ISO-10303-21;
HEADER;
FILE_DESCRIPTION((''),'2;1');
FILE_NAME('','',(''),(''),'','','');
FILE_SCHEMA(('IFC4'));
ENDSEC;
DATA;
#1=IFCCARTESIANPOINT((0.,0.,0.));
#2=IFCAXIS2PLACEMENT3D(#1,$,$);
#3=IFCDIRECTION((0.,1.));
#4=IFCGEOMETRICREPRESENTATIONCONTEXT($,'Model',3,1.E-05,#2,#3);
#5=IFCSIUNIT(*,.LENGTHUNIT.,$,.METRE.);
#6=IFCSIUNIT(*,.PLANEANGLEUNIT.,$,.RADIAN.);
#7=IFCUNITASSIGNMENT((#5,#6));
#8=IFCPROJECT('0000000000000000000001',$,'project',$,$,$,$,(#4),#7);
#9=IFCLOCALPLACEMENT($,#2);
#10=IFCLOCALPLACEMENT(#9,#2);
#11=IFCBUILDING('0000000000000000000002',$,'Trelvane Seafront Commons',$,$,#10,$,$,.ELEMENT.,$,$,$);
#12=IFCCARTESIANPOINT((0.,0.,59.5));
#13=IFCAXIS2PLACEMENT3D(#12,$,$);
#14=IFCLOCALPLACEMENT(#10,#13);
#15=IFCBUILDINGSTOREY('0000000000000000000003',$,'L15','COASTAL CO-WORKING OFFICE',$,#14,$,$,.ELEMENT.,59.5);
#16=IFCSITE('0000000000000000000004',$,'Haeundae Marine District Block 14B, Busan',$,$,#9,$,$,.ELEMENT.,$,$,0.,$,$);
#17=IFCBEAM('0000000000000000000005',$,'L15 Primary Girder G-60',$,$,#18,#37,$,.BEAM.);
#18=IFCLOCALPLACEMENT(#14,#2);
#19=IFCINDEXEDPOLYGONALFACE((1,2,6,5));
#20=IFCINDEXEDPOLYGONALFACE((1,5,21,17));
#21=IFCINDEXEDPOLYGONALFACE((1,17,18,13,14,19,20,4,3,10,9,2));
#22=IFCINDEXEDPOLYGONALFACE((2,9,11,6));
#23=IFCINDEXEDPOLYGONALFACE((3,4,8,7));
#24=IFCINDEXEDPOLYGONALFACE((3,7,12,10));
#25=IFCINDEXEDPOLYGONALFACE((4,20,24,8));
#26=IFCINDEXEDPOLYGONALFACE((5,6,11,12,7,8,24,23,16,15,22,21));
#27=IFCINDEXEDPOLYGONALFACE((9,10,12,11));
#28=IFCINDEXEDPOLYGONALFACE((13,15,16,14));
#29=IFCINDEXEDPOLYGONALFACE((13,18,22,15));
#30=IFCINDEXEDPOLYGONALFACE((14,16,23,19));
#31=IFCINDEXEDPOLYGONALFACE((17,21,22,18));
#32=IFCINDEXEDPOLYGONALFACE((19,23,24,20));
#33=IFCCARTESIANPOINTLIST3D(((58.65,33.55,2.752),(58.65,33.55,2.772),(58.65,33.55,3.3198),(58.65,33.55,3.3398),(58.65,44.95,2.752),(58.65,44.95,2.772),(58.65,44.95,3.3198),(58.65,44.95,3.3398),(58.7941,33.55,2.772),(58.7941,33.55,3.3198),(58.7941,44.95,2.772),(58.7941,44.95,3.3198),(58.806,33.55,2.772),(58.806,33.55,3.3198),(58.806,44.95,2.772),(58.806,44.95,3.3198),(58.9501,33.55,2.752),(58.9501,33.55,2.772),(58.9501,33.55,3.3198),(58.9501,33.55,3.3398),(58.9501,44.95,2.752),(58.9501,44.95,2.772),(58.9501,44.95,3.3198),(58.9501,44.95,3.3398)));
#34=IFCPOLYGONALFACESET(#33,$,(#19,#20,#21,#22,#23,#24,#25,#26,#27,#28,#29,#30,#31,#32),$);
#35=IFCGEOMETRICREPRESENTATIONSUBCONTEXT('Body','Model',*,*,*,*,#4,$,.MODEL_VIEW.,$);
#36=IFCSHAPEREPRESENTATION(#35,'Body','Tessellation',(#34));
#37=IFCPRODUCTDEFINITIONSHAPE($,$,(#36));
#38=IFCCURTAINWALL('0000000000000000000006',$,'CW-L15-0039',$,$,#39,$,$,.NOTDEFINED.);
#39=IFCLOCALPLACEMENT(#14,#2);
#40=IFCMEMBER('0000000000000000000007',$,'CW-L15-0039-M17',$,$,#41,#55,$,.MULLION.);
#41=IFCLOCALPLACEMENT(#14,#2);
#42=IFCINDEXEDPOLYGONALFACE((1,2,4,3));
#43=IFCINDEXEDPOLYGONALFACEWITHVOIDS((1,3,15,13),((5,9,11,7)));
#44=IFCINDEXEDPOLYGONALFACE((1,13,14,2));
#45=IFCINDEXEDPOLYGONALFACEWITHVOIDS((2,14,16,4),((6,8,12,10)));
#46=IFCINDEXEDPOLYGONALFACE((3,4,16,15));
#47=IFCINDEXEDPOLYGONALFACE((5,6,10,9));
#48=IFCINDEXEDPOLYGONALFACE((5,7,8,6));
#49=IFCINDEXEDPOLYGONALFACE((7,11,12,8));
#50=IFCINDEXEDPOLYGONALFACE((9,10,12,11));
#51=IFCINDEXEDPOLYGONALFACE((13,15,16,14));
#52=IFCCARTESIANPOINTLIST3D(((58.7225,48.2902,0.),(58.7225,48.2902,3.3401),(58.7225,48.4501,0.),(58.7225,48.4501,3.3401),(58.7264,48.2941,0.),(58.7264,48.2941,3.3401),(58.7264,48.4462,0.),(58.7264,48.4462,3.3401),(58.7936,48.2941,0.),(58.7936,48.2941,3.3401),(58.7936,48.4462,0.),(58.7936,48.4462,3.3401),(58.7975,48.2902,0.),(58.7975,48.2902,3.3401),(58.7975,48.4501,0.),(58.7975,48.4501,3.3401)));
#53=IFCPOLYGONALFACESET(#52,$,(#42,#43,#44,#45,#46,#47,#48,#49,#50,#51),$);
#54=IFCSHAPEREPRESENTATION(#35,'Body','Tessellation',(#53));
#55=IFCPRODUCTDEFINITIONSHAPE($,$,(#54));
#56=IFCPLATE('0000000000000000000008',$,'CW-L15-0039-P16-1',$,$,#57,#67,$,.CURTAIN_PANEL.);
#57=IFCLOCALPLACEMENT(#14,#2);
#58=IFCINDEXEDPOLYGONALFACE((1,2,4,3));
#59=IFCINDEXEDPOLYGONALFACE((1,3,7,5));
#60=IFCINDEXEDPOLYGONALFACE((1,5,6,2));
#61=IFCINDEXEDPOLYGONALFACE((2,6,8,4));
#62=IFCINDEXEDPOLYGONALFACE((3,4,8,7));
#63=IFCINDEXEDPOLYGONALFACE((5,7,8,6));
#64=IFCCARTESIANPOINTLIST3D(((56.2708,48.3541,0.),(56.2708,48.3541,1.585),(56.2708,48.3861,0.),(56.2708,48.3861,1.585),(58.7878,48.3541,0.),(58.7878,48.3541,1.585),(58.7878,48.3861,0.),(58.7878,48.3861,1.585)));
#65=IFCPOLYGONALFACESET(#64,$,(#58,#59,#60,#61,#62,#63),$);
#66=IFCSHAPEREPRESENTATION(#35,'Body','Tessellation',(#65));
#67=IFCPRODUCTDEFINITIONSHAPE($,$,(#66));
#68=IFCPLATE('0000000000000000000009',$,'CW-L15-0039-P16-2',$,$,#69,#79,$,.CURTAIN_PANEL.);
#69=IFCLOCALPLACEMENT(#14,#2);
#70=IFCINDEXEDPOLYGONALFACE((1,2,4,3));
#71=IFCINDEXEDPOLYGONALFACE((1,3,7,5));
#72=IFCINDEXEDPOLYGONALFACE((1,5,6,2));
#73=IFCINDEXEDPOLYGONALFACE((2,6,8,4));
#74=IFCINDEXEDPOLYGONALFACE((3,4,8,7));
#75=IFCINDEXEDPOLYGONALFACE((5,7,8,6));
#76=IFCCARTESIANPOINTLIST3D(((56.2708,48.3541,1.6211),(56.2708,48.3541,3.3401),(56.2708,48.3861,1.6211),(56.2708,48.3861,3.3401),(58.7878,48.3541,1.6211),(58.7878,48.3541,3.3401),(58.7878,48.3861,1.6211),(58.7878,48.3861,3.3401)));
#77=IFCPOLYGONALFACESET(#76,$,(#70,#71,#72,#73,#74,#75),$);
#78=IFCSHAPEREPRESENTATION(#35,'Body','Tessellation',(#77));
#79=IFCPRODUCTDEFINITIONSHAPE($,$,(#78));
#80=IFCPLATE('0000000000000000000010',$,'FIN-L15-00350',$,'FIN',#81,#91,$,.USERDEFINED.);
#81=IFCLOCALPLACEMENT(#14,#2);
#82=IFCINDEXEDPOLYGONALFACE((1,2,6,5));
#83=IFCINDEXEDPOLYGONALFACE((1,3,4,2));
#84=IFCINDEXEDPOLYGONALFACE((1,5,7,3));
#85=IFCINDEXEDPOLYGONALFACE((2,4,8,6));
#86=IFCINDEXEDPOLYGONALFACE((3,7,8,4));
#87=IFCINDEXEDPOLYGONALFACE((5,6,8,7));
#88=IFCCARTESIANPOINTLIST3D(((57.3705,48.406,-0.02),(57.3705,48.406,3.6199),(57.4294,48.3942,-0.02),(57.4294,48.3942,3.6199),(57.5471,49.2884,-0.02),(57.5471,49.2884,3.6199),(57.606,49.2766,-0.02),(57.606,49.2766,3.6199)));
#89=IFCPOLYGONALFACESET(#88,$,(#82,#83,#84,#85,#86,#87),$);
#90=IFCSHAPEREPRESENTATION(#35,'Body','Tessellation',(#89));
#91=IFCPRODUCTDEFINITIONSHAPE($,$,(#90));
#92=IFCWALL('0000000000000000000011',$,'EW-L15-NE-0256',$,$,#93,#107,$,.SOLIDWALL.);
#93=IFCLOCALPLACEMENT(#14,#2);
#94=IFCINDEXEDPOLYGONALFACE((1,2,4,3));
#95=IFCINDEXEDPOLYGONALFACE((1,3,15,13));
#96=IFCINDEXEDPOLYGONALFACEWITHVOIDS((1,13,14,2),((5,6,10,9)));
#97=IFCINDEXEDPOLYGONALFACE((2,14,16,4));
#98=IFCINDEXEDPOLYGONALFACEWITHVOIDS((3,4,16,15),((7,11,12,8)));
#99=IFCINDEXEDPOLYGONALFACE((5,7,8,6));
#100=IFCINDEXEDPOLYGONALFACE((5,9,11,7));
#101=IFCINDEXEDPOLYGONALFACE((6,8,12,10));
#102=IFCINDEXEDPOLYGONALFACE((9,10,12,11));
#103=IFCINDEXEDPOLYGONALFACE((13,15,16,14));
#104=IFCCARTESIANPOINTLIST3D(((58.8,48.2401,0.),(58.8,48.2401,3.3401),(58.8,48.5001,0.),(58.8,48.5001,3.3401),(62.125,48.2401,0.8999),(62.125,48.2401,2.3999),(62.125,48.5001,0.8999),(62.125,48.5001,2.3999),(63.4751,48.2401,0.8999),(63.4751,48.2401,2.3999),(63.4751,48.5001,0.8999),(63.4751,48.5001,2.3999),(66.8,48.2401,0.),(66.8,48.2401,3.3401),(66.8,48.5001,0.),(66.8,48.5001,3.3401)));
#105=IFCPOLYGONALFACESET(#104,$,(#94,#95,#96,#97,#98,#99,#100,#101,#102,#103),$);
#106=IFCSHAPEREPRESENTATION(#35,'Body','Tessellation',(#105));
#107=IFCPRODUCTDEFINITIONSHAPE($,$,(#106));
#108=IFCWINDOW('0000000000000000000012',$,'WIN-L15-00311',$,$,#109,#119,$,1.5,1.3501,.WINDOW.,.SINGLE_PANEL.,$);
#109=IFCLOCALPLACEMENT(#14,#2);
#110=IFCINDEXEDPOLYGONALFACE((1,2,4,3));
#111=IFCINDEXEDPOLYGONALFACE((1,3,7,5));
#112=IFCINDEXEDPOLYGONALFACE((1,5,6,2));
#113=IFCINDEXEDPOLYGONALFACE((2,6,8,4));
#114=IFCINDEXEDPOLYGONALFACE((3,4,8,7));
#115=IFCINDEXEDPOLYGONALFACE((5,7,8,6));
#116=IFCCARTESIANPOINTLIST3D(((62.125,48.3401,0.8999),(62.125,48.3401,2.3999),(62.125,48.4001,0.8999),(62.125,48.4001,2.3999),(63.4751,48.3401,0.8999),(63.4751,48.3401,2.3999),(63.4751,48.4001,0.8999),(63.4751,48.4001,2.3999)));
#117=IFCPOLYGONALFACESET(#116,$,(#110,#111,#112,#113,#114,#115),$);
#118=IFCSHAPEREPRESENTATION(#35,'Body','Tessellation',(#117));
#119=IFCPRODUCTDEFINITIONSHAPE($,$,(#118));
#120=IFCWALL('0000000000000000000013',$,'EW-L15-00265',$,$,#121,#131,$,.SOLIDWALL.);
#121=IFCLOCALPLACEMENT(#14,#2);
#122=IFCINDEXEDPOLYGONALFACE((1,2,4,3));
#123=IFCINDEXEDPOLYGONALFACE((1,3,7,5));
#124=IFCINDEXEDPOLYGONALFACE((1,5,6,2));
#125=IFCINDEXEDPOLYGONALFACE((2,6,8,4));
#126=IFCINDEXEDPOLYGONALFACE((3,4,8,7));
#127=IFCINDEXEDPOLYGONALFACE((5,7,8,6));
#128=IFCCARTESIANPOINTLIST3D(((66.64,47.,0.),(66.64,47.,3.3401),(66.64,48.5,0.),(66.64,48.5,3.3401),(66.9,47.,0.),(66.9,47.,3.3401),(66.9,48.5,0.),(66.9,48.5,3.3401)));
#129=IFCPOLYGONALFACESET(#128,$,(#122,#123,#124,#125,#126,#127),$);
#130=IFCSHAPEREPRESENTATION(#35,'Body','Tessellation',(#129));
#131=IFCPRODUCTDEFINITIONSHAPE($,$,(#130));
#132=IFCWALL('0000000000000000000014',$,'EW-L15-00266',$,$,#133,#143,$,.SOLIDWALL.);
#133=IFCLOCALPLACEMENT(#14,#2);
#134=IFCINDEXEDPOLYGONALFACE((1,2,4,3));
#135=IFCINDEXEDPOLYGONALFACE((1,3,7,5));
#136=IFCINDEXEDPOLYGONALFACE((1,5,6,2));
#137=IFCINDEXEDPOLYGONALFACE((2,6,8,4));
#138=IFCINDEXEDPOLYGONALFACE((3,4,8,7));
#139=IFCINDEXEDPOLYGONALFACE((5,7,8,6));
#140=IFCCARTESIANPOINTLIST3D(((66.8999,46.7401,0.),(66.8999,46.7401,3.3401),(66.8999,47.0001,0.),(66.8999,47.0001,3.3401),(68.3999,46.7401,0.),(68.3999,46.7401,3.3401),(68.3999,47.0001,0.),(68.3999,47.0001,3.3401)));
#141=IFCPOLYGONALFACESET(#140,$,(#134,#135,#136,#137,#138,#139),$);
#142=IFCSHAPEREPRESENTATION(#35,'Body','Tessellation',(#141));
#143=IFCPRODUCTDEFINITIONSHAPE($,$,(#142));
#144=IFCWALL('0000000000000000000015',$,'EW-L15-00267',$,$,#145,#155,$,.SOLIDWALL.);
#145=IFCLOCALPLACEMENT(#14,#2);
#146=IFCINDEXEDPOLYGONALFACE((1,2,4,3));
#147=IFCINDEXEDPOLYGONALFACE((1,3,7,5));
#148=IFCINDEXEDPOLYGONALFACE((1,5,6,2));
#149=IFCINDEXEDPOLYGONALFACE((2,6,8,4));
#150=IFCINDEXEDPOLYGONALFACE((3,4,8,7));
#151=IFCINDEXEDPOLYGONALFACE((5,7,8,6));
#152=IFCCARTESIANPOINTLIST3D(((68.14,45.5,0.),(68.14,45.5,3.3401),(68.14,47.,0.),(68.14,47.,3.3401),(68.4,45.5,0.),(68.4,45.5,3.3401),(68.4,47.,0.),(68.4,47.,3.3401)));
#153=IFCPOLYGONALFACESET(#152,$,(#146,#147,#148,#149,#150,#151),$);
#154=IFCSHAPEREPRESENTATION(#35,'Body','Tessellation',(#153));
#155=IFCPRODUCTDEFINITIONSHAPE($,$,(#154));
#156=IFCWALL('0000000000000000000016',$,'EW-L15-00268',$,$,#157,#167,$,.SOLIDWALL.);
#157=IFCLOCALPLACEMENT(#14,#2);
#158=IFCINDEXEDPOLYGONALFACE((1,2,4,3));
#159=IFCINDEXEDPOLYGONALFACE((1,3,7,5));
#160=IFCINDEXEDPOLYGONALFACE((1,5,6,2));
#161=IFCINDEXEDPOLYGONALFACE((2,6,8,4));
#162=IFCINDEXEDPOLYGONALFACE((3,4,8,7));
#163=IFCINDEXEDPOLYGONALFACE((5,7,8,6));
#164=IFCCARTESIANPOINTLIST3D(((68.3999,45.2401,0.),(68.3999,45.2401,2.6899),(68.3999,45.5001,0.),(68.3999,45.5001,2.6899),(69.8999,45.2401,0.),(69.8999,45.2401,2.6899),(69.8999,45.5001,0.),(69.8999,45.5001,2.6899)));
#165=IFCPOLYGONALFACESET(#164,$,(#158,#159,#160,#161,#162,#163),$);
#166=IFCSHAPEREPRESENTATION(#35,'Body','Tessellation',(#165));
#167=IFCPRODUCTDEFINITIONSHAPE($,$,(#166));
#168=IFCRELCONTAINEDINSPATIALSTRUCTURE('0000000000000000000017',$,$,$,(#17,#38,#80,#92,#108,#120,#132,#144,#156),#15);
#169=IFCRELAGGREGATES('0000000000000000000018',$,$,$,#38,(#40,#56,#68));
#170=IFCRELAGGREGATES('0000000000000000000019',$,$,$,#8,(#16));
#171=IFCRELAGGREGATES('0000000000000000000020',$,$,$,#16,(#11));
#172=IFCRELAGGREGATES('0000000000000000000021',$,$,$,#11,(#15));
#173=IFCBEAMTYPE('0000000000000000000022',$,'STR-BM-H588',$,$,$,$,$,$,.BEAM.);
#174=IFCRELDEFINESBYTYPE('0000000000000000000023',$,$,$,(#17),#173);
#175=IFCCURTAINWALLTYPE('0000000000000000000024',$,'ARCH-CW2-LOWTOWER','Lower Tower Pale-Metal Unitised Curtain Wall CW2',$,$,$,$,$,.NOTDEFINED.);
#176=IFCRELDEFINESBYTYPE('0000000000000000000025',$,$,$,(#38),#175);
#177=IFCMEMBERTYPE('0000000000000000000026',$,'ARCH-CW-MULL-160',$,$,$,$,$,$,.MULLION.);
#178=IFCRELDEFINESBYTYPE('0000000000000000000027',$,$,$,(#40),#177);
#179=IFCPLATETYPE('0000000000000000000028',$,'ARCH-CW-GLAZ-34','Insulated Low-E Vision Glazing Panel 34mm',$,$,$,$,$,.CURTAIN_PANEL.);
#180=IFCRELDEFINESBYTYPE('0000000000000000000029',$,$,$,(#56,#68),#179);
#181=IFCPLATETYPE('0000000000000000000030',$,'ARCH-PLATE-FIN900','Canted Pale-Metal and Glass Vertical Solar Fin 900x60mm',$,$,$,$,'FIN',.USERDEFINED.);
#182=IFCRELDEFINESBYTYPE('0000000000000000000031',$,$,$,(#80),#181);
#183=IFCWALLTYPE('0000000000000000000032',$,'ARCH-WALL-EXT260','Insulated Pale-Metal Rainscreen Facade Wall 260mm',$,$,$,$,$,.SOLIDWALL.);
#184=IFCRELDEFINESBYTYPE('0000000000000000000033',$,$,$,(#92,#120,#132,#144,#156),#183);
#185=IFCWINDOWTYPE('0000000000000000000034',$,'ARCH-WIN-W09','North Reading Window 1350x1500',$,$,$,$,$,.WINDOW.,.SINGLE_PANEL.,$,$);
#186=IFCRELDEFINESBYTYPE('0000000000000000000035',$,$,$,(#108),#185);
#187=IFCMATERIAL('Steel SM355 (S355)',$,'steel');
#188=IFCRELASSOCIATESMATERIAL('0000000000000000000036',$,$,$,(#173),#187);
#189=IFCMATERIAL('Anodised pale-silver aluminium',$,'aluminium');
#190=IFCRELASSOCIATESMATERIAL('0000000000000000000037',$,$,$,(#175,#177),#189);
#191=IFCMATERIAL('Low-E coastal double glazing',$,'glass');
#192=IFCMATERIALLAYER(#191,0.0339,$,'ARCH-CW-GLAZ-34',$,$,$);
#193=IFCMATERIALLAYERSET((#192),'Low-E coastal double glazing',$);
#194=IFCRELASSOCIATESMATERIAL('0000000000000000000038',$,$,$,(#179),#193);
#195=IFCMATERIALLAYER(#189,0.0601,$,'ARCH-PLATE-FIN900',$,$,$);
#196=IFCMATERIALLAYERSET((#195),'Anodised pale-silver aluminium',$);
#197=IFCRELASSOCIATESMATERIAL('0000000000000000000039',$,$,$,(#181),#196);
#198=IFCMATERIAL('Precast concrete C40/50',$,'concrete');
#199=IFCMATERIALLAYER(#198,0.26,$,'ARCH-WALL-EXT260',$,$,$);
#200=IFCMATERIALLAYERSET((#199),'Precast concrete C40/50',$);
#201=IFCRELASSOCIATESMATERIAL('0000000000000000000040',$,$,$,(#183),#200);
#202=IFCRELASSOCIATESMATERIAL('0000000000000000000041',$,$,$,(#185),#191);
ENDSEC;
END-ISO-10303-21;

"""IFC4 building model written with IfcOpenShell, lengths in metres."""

from ifc_helpers import new_model, si_unit, direction, frame, frame_2d, origin, origin_2d, place, context, subcontext, project, spatial, rectangle, hollow_rectangle, i_section, extrude, source, transform, mapped, material, layer, layer_set, material_profile, profile_set, type_object, element, fill, aggregate, save


model = new_model("IFC4")

# Units and contexts
model_context = context("Model", 3, precision=1e-05, world=origin(), true_north=direction((0.0, 1.0)))
body_context = subcontext(model_context, "Body", "Model", "MODEL_VIEW")
ifc_project = project(units=[si_unit("LENGTHUNIT", "METRE"), si_unit("PLANEANGLEUNIT", "RADIAN")], contexts=[model_context])

# Site, building, storey
site_placement = place(None, origin())
site = spatial("IfcSite", under=ifc_project, at=site_placement, Name="Haeundae Marine District Block 14B, Busan", CompositionType="ELEMENT", RefElevation=0.0)
building_placement = place(site_placement, origin())
building = spatial("IfcBuilding", under=site, at=building_placement, Name="Trelvane Seafront Commons", CompositionType="ELEMENT")
storey_placement = place(building_placement, frame((0.0, 0.0, 59.5)))
storey = spatial("IfcBuildingStorey", under=building, at=storey_placement, Name="L15", Description="COASTAL CO-WORKING OFFICE", CompositionType="ELEMENT", Elevation=59.5)

# Shared definitions
ifc_material_1 = material(Name="Steel SM355 (S355)", Category="steel")

# Beam
ifc_material_profile_1 = material_profile(ifc_material_1, i_section(OverallWidth=0.3, OverallDepth=0.5879, WebThickness=0.012, FlangeThickness=0.02, at=origin_2d()), Name="H-588x300x12x20")
ifc_profile_set_1 = profile_set([ifc_material_profile_1], Name="Steel SM355 (S355)")
beam_type_1 = type_object("IfcBeamType", Name="STR-BM-H588", PredefinedType="BEAM", material=ifc_profile_set_1)
shared_shape_1 = source(origin(), body_context, "Body", "SweptSolid", [
    extrude(i_section(OverallWidth=0.3, OverallDepth=0.5879, WebThickness=0.012, FlangeThickness=0.02, at=origin_2d()), origin(), (0.0, 0.0, 1.0), 11.3999),
])
beam_1_placement = place(storey_placement, frame((58.8, 33.55, 3.0459), z_axis=(0.0, 1.0, 0.0), x_axis=(-1.0, 0.0, 0.0)))
element("IfcBeam", 1, at=beam_1_placement, inside=storey, type_object=beam_type_1, Name="L15 Primary Girder G-60", PredefinedType="BEAM", context=body_context, shape_type="MappedRepresentation", body=[
    mapped(shared_shape_1, transform((0.0, 0.0, 0.0), x_axis=(1.0, 0.0, 0.0), y_axis=(0.0, 1.0, 0.0), z_axis=(0.0, 0.0, 1.0), scale=1.0)),
])

# Curtain wall, member, plates
ifc_material_2 = material(Name="Anodised pale-silver aluminium", Category="aluminium")
curtain_wall_type = type_object("IfcCurtainWallType", Name="ARCH-CW2-LOWTOWER", Description="Lower Tower Pale-Metal Unitised Curtain Wall CW2", PredefinedType="NOTDEFINED", material=ifc_material_2)
curtain_wall_placement = place(storey_placement, origin())
curtain_wall = element("IfcCurtainWall", 2, at=curtain_wall_placement, inside=storey, type_object=curtain_wall_type, Name="CW-L15-0039", PredefinedType="NOTDEFINED")
ifc_material_profile_2 = material_profile(ifc_material_2, hollow_rectangle(XDim=0.075, YDim=0.1599, WallThickness=0.0039, at=origin_2d()), Name="MULL-75x160x4")
ifc_profile_set_2 = profile_set([ifc_material_profile_2], Name="Anodised pale-silver aluminium")
member_type = type_object("IfcMemberType", Name="ARCH-CW-MULL-160", PredefinedType="MULLION", material=ifc_profile_set_2)
shared_shape_2 = source(origin(), body_context, "Body", "SweptSolid", [
    extrude(hollow_rectangle(XDim=0.075, YDim=0.1599, WallThickness=0.0039, at=origin_2d()), origin(), (0.0, 0.0, 1.0), 3.3401),
])
member_placement = place(storey_placement, frame((58.76, 48.3701, 0.0), z_axis=(0.0, 0.0, 1.0), x_axis=(1.0, 0.0, 0.0)))
member = element("IfcMember", 3, at=member_placement, type_object=member_type, Name="CW-L15-0039-M17", PredefinedType="MULLION", context=body_context, shape_type="MappedRepresentation", body=[
    mapped(shared_shape_2, transform((0.0, 0.0, 0.0), x_axis=(1.0, 0.0, 0.0), y_axis=(0.0, 1.0, 0.0), z_axis=(0.0, 0.0, 1.0), scale=1.0)),
])
ifc_material_3 = material(Name="Low-E coastal double glazing", Category="glass")
ifc_layer_1 = layer(ifc_material_3, 0.0339, Name="ARCH-CW-GLAZ-34")
ifc_layer_set_1 = layer_set([ifc_layer_1], Name="Low-E coastal double glazing")
plate_type_1 = type_object("IfcPlateType", Name="ARCH-CW-GLAZ-34", Description="Insulated Low-E Vision Glazing Panel 34mm", PredefinedType="CURTAIN_PANEL", material=ifc_layer_set_1)
shared_shape_3 = source(origin(), body_context, "Body", "SweptSolid", [
    extrude(rectangle(XDim=2.5171, YDim=0.032, at=origin_2d()), origin(), (0.0, 0.0, 1.0), 1.585),
])
plate_1_placement = place(storey_placement, frame((57.5293, 48.3701, 0.0), z_axis=(0.0, 0.0, 1.0), x_axis=(1.0, 0.0, 0.0)))
plate_1 = element("IfcPlate", 4, at=plate_1_placement, type_object=plate_type_1, Name="CW-L15-0039-P16-1", PredefinedType="CURTAIN_PANEL", context=body_context, shape_type="MappedRepresentation", body=[
    mapped(shared_shape_3, transform((0.0, 0.0, 0.0), x_axis=(1.0, 0.0, 0.0), y_axis=(0.0, 1.0, 0.0), z_axis=(0.0, 0.0, 1.0), scale=1.0)),
])
shared_shape_4 = source(origin(), body_context, "Body", "SweptSolid", [
    extrude(rectangle(XDim=2.5171, YDim=0.032, at=origin_2d()), origin(), (0.0, 0.0, 1.0), 1.719),
])
plate_2_placement = place(storey_placement, frame((57.5293, 48.3701, 1.6211), z_axis=(0.0, 0.0, 1.0), x_axis=(1.0, 0.0, 0.0)))
plate_2 = element("IfcPlate", 5, at=plate_2_placement, type_object=plate_type_1, Name="CW-L15-0039-P16-2", PredefinedType="CURTAIN_PANEL", context=body_context, shape_type="MappedRepresentation", body=[
    mapped(shared_shape_4, transform((0.0, 0.0, 0.0), x_axis=(1.0, 0.0, 0.0), y_axis=(0.0, 1.0, 0.0), z_axis=(0.0, 0.0, 1.0), scale=1.0)),
])
aggregate(curtain_wall, [member, plate_1, plate_2])

# Plate
ifc_layer_2 = layer(ifc_material_2, 0.0601, Name="ARCH-PLATE-FIN900")
ifc_layer_set_2 = layer_set([ifc_layer_2], Name="Anodised pale-silver aluminium")
plate_type_2 = type_object("IfcPlateType", Name="ARCH-PLATE-FIN900", Description="Canted Pale-Metal and Glass Vertical Solar Fin 900x60mm", ElementType="FIN", PredefinedType="USERDEFINED", material=ifc_layer_set_2)
shared_shape_5 = source(origin(), body_context, "Body", "SweptSolid", [
    extrude(rectangle(XDim=0.8999, YDim=0.0601, at=origin_2d()), origin(), (0.0, 0.0, 1.0), 3.6399),
])
plate_3_placement = place(storey_placement, frame((57.4883, 48.8413, -0.02), z_axis=(0.0, 0.0, 1.0), x_axis=(0.196223, 0.980559, 0.0)))
element("IfcPlate", 6, at=plate_3_placement, inside=storey, type_object=plate_type_2, Name="FIN-L15-00350", ObjectType="FIN", PredefinedType="USERDEFINED", context=body_context, shape_type="MappedRepresentation", body=[
    mapped(shared_shape_5, transform((0.0, 0.0, 0.0), x_axis=(1.0, 0.0, 0.0), y_axis=(0.0, 1.0, 0.0), z_axis=(0.0, 0.0, 1.0), scale=1.0)),
])

# Wall, opening, window
ifc_material_4 = material(Name="Precast concrete C40/50", Category="concrete")
ifc_layer_3 = layer(ifc_material_4, 0.26, Name="ARCH-WALL-EXT260")
ifc_layer_set_3 = layer_set([ifc_layer_3], Name="Precast concrete C40/50")
wall_type_1 = type_object("IfcWallType", Name="ARCH-WALL-EXT260", Description="Insulated Pale-Metal Rainscreen Facade Wall 260mm", PredefinedType="SOLIDWALL", material=ifc_layer_set_3)
wall_1_placement = place(storey_placement, frame((58.8, 48.3701, 0.0), z_axis=(0.0, 0.0, 1.0), x_axis=(1.0, 0.0, 0.0)))
wall_1 = element("IfcWall", 7, at=wall_1_placement, inside=storey, type_object=wall_type_1, Name="EW-L15-NE-0256", PredefinedType="SOLIDWALL", context=body_context, shape_type="SweptSolid", body=[
    extrude(rectangle(XDim=8.0, YDim=0.26, at=frame_2d((4.0, 0.0))), origin(), (0.0, 0.0, 1.0), 3.3401),
])
opening_1_placement = place(wall_1_placement, frame((3.325, 0.0, 0.8999)))
opening_1 = element("IfcOpeningElement", 8, at=opening_1_placement, cuts=wall_1, PredefinedType="OPENING", context=body_context, shape_type="SweptSolid", body=[
    extrude(rectangle(XDim=1.3501, YDim=1.5, at=frame_2d((0.675, 0.75))), frame((0.0, 0.1399, 0.0), z_axis=(0.0, -1.0, 0.0), x_axis=(1.0, 0.0, 0.0)), (0.0, 0.0, 1.0), 0.28),
])
window_type_1 = type_object("IfcWindowType", Name="ARCH-WIN-W09", Description="North Reading Window 1350x1500", PartitioningType="SINGLE_PANEL", PredefinedType="WINDOW", material=ifc_material_3)
shared_shape_6 = source(origin(), body_context, "Body", "SweptSolid", [
    extrude(rectangle(XDim=1.3501, YDim=1.5, at=frame_2d((0.675, 0.75))), frame((0.0, 0.03, 0.0), z_axis=(0.0, -1.0, 0.0), x_axis=(1.0, 0.0, 0.0)), (0.0, 0.0, 1.0), 0.0601),
])
window_1_placement = place(opening_1_placement, origin())
window_1 = element("IfcWindow", 9, at=window_1_placement, inside=storey, type_object=window_type_1, Name="WIN-L15-00311", OverallHeight=1.5, OverallWidth=1.3501, PartitioningType="SINGLE_PANEL", PredefinedType="WINDOW", context=body_context, shape_type="MappedRepresentation", body=[
    mapped(shared_shape_6, transform((0.0, 0.0, 0.0), x_axis=(1.0, 0.0, 0.0), y_axis=(0.0, 1.0, 0.0), z_axis=(0.0, 0.0, 1.0), scale=1.0)),
])
fill(opening_1, window_1)

# Walls
for number, where, z_axis, x_axis, name in (
    (10, (66.77, 48.5, 0.0), (0.0, 0.0, 1.0), (0.0, -1.0, 0.0), "EW-L15-00265"),
    (11, (66.8999, 46.8701, 0.0), (0.0, 0.0, 1.0), (1.0, 0.0, 0.0), "EW-L15-00266"),
    (12, (68.27, 47.0, 0.0), (0.0, 0.0, 1.0), (0.0, -1.0, 0.0), "EW-L15-00267"),
):
    element("IfcWall", number, at=place(storey_placement, frame(where, z_axis=z_axis, x_axis=x_axis)), inside=storey, type_object=wall_type_1, Name=name, PredefinedType="SOLIDWALL", context=body_context, shape_type="SweptSolid", body=[
        extrude(rectangle(XDim=1.5, YDim=0.26, at=frame_2d((0.75, 0.0))), origin(), (0.0, 0.0, 1.0), 3.3401),
    ])
wall_2_placement = place(storey_placement, frame((68.3999, 45.3701, 0.0), z_axis=(0.0, 0.0, 1.0), x_axis=(1.0, 0.0, 0.0)))
element("IfcWall", 13, at=wall_2_placement, inside=storey, type_object=wall_type_1, Name="EW-L15-00268", PredefinedType="SOLIDWALL", context=body_context, shape_type="SweptSolid", body=[
    extrude(rectangle(XDim=1.5, YDim=0.26, at=frame_2d((0.75, 0.0))), origin(), (0.0, 0.0, 1.0), 2.6899),
])

save(model, "model.ifc")
